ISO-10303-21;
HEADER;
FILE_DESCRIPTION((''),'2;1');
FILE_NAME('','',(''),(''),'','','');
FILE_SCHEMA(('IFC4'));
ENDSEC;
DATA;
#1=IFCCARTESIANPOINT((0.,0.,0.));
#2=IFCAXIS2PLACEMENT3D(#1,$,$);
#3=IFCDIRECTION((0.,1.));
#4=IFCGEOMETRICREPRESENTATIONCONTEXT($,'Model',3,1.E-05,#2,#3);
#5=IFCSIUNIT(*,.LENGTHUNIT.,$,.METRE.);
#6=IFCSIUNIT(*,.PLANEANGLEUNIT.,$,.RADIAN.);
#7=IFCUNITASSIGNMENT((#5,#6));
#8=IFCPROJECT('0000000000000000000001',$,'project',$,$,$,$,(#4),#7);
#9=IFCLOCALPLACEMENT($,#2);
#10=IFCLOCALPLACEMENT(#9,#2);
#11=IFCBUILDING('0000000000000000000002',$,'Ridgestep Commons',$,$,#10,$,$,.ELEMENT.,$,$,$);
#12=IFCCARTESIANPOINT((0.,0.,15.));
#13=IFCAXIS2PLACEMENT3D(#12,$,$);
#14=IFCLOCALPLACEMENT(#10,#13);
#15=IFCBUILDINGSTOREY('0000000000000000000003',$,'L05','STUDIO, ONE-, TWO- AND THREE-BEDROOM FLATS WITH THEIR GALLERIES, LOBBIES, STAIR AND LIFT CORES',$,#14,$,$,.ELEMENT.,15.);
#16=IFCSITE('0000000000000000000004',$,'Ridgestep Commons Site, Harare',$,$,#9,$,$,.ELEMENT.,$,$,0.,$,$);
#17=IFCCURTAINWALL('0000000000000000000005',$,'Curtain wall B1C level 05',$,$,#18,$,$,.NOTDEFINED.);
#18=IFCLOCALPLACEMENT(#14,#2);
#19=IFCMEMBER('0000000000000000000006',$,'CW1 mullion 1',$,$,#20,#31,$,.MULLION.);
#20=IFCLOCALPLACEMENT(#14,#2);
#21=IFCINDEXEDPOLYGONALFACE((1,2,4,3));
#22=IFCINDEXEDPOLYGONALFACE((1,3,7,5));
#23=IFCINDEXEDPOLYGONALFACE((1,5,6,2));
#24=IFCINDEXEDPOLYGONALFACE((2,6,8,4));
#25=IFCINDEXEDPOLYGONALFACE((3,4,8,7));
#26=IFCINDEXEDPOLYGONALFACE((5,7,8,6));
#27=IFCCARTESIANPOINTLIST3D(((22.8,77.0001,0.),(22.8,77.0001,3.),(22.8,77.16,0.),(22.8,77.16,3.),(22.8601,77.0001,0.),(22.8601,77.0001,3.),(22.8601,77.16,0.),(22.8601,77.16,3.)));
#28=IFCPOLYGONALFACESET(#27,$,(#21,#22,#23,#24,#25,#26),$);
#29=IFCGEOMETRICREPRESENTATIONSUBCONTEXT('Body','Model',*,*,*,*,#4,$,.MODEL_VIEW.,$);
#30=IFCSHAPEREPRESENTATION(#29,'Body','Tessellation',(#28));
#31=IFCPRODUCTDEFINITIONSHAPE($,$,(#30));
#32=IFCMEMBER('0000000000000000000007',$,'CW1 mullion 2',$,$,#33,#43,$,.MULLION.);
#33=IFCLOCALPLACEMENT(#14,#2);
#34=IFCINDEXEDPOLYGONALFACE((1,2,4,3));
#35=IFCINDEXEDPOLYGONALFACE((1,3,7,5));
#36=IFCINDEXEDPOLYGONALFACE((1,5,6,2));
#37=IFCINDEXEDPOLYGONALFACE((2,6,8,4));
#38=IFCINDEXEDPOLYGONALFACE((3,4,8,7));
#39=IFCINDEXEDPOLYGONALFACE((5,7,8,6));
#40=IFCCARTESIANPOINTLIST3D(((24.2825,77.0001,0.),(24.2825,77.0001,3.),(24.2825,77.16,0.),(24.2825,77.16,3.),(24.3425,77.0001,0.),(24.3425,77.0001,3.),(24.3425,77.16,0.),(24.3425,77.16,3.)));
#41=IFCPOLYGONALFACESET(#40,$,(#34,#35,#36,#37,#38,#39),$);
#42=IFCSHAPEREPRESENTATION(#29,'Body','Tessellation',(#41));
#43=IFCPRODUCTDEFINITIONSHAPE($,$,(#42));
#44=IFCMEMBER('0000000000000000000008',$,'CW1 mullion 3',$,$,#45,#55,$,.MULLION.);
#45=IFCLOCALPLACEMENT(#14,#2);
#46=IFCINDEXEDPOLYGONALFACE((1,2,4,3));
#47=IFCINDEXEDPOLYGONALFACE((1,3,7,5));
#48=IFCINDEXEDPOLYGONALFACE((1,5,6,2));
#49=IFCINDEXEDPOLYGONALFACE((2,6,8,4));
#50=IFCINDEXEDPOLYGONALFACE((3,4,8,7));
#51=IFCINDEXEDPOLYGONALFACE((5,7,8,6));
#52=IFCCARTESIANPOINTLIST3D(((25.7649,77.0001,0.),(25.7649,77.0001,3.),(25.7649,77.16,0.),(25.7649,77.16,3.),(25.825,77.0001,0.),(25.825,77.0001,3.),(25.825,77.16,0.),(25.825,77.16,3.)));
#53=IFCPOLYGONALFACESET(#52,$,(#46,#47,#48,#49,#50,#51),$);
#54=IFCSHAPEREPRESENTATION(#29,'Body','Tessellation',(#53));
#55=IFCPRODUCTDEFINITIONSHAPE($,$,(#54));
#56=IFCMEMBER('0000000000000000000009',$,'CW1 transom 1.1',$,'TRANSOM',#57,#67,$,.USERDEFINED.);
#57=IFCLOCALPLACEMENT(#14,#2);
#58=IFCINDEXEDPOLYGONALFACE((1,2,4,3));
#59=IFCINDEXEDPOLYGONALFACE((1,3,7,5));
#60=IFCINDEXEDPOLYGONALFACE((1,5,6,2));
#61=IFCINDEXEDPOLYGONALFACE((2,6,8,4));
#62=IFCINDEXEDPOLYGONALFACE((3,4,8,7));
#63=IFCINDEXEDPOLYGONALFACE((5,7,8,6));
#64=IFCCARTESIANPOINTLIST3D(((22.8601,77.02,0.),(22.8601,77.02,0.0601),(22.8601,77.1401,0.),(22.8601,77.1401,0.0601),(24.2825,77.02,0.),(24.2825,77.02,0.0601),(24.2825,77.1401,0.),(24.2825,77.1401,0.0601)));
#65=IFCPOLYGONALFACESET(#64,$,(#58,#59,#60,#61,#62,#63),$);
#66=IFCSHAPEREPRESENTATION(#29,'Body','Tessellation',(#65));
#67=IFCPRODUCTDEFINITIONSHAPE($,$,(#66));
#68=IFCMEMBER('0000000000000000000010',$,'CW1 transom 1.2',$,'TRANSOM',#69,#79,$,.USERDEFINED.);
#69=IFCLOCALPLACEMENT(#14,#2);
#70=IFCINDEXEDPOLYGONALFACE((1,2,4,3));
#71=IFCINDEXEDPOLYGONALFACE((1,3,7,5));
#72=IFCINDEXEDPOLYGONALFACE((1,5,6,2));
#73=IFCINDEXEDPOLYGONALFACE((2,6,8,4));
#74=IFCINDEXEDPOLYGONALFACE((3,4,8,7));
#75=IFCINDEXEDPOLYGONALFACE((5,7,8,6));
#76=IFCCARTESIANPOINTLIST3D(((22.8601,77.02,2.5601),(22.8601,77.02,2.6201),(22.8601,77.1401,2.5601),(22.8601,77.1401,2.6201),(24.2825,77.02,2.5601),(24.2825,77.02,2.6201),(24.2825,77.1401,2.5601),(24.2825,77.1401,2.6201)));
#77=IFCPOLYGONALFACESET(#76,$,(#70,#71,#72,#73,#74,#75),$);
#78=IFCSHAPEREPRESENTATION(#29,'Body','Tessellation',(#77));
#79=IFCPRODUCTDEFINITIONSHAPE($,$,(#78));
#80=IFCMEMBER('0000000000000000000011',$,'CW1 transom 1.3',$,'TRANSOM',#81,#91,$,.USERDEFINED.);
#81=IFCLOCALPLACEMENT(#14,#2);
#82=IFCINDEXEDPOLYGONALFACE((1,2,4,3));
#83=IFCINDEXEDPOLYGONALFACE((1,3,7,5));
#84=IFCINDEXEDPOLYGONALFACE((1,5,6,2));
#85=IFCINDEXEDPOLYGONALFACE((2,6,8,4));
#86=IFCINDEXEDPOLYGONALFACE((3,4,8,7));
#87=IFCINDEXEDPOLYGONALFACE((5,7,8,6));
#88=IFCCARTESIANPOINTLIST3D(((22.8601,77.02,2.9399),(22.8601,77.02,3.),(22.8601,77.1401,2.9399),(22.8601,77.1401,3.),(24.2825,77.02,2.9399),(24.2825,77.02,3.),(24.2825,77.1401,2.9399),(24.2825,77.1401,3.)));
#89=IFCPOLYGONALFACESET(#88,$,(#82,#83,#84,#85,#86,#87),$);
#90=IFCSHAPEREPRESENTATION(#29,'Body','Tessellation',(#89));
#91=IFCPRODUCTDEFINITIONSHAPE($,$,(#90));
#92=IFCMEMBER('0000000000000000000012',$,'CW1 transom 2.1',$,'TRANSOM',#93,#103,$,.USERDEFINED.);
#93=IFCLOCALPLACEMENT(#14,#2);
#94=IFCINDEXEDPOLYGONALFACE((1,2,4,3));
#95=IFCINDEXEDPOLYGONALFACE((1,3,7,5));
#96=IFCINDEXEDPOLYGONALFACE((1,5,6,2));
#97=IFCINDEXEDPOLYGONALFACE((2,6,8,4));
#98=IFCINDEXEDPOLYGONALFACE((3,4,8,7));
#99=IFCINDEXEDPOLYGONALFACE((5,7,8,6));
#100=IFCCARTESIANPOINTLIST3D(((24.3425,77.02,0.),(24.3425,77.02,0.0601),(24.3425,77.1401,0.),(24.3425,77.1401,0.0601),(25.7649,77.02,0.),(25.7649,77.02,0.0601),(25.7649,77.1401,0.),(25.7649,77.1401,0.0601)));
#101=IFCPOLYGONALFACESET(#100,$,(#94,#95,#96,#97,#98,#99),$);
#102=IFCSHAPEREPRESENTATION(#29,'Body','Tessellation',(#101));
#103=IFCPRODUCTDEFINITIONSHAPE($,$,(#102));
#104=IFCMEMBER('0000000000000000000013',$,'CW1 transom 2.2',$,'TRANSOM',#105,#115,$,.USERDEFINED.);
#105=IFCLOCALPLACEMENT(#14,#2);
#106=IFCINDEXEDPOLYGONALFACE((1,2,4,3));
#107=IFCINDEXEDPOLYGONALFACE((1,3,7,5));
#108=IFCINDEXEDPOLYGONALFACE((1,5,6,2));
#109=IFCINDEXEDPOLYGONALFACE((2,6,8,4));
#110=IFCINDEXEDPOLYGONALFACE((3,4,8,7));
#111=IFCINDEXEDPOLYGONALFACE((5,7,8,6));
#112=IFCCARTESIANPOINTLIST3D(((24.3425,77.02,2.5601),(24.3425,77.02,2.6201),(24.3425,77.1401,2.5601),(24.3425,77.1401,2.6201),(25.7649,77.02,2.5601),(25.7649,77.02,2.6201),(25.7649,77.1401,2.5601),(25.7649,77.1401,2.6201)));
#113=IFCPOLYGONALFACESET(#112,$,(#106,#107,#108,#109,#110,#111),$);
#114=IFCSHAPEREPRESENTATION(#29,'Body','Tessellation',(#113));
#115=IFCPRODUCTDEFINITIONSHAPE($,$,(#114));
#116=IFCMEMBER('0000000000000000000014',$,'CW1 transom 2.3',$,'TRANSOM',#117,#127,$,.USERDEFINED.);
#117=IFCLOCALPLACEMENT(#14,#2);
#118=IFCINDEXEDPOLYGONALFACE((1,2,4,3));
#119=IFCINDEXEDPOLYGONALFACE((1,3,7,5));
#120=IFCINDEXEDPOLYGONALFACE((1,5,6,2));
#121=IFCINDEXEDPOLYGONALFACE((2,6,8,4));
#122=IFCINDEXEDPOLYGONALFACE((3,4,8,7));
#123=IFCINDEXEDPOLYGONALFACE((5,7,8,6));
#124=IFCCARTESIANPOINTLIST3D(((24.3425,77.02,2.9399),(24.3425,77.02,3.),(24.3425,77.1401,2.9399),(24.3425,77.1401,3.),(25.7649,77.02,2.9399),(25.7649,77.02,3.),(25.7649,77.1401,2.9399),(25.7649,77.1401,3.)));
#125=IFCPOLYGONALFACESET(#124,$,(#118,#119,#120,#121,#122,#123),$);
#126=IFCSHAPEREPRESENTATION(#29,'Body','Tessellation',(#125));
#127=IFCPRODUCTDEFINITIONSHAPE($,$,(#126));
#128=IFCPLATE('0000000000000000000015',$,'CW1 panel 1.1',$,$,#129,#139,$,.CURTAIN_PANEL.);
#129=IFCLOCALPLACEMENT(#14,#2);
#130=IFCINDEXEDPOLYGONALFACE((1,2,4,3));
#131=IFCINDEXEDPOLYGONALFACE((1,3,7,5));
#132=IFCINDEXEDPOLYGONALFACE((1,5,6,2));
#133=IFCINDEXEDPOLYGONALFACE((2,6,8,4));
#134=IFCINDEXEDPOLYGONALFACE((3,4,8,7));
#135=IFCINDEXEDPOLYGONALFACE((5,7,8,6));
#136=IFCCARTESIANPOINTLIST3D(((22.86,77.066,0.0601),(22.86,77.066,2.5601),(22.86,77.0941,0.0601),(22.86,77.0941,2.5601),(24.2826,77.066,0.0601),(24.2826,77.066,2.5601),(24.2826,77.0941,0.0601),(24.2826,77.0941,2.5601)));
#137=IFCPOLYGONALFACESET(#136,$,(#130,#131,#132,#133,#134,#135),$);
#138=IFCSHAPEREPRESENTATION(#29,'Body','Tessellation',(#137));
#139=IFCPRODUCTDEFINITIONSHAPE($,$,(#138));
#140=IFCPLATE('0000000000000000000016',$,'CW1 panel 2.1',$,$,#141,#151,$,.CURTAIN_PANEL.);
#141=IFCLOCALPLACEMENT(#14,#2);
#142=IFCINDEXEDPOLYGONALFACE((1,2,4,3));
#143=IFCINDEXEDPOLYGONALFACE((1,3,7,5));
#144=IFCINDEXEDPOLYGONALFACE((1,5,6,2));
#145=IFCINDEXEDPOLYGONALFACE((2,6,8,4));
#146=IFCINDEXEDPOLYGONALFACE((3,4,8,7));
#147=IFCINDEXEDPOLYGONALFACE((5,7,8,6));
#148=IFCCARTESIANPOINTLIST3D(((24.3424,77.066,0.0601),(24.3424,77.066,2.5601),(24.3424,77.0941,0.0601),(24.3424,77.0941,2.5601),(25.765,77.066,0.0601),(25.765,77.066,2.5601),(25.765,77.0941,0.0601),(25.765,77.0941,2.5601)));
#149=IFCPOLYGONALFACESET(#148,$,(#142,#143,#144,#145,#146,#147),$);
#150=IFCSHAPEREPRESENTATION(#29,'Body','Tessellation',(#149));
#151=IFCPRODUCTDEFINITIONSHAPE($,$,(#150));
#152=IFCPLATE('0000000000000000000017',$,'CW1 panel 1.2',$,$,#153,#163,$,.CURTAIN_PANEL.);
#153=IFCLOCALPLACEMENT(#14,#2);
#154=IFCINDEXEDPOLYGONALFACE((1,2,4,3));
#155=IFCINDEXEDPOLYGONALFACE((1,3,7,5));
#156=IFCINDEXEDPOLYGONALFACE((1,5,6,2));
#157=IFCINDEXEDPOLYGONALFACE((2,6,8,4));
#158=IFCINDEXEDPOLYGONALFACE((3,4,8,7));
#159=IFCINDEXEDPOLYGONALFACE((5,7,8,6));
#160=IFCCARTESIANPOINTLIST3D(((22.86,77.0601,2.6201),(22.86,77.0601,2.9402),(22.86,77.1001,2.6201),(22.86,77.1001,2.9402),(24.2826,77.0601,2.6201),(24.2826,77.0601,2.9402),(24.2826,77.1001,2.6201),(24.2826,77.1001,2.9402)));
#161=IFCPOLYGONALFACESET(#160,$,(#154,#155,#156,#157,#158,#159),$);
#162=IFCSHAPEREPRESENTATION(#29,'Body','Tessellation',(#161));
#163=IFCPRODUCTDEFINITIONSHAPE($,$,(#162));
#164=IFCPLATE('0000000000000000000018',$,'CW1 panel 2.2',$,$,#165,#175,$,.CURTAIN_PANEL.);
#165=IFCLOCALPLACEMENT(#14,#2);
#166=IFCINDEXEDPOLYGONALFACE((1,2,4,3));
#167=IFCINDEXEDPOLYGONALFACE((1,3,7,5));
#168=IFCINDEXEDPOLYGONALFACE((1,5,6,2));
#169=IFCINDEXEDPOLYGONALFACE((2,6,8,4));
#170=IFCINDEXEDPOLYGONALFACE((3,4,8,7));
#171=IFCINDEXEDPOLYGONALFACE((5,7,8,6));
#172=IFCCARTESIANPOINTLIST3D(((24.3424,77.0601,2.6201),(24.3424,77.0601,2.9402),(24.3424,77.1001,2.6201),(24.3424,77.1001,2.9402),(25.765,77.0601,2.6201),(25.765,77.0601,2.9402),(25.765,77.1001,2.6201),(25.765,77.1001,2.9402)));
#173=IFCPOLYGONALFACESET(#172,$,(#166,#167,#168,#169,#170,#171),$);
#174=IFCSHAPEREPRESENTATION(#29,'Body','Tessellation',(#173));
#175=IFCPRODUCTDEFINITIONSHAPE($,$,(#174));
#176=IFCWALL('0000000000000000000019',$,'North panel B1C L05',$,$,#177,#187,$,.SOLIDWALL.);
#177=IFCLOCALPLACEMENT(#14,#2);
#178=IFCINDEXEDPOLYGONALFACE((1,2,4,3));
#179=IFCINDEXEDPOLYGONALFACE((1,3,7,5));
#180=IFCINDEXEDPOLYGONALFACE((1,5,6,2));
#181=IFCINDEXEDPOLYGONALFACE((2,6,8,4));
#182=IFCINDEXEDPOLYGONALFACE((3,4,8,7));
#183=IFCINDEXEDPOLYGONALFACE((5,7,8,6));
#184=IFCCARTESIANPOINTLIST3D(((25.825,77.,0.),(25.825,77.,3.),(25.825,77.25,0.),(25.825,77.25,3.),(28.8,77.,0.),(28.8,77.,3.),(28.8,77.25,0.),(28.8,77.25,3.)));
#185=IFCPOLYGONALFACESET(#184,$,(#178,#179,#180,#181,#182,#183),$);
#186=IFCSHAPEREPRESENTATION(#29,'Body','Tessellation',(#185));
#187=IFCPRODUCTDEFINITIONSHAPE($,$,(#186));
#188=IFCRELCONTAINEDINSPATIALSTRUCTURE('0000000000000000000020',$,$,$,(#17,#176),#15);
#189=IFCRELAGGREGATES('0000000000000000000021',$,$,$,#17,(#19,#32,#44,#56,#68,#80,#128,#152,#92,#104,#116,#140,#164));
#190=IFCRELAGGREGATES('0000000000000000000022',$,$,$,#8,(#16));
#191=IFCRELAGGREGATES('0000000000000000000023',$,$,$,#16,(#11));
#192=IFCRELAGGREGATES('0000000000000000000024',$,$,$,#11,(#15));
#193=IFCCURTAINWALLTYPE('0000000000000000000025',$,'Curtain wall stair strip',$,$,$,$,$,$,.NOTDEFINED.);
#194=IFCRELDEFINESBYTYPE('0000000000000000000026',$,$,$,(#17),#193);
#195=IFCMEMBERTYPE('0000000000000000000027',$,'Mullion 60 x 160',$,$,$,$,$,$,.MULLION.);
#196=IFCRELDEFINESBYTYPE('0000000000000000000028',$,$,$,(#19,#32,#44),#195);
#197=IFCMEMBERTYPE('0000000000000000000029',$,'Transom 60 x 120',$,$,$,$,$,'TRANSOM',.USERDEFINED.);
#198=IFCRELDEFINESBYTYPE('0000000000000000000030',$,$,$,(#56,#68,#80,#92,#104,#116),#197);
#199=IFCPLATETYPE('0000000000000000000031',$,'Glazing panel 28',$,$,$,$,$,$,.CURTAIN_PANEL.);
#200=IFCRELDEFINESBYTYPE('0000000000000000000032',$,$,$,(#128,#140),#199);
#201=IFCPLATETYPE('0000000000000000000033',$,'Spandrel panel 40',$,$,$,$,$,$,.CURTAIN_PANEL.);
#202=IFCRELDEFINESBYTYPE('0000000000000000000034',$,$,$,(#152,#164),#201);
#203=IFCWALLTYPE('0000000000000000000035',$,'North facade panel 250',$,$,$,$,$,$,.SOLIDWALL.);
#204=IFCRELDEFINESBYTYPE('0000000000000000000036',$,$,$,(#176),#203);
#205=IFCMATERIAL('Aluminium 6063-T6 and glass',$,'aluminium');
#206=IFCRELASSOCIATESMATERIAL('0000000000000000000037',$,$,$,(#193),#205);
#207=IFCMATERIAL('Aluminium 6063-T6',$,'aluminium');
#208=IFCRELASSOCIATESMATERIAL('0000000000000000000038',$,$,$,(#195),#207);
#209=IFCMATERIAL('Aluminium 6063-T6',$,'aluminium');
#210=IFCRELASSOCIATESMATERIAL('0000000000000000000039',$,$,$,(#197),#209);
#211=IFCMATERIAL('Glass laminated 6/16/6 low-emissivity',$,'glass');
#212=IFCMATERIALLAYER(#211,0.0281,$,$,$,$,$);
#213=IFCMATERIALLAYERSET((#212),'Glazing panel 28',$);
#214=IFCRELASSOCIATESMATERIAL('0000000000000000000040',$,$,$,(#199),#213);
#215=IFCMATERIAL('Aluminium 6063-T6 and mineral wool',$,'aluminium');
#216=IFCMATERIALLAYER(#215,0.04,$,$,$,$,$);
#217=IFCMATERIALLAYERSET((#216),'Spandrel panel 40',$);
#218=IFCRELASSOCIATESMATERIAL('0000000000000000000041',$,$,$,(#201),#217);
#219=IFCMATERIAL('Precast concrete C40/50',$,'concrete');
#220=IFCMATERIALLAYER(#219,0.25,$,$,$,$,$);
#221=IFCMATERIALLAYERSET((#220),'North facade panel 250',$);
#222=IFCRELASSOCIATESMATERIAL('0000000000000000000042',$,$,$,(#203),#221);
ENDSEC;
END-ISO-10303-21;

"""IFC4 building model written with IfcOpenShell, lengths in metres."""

from ifc_helpers import new_model, si_unit, direction, frame, frame_2d, origin, origin_2d, place, context, subcontext, project, spatial, rectangle, extrude, material, layer, layer_set, material_profile, profile_set, type_object, element, aggregate, save


model = new_model("IFC4")

# Units and contexts
model_context = context("Model", 3, precision=1e-05, world=origin(), true_north=direction((0.0, 1.0)))
body_context = subcontext(model_context, "Body", "Model", "MODEL_VIEW")
ifc_project = project(units=[si_unit("LENGTHUNIT", "METRE"), si_unit("PLANEANGLEUNIT", "RADIAN")], contexts=[model_context])

# Site, building, storey
site_placement = place(None, origin())
site = spatial("IfcSite", under=ifc_project, at=site_placement, Name="Ridgestep Commons Site, Harare", CompositionType="ELEMENT", RefElevation=0.0)
building_placement = place(site_placement, origin())
building = spatial("IfcBuilding", under=site, at=building_placement, Name="Ridgestep Commons", CompositionType="ELEMENT")
storey_placement = place(building_placement, frame((0.0, 0.0, 15.0)))
storey = spatial("IfcBuildingStorey", under=building, at=storey_placement, Name="L05", Description="STUDIO, ONE-, TWO- AND THREE-BEDROOM FLATS WITH THEIR GALLERIES, LOBBIES, STAIR AND LIFT CORES", CompositionType="ELEMENT", Elevation=15.0)

# Curtain wall, members, plates
ifc_material_1 = material(Name="Aluminium 6063-T6 and glass", Category="aluminium")
curtain_wall_type = type_object("IfcCurtainWallType", Name="Curtain wall stair strip", PredefinedType="NOTDEFINED", material=ifc_material_1)
curtain_wall_placement = place(storey_placement, origin())
curtain_wall = element("IfcCurtainWall", 1, at=curtain_wall_placement, inside=storey, type_object=curtain_wall_type, Name="Curtain wall B1C level 05", PredefinedType="NOTDEFINED")
ifc_material_2 = material(Name="Aluminium 6063-T6", Category="aluminium")
ifc_material_profile_1 = material_profile(ifc_material_2, rectangle(XDim=0.1599, YDim=0.0601, at=origin_2d()), Name="Mullion 60 x 160")
ifc_profile_set_1 = profile_set([ifc_material_profile_1], Name="Aluminium 6063-T6")
member_type_1 = type_object("IfcMemberType", Name="Mullion 60 x 160", PredefinedType="MULLION", material=ifc_profile_set_1)
member_1_placement = place(storey_placement, frame((22.8301, 77.0801, 0.0), z_axis=(0.0, 0.0, 1.0), x_axis=(0.0, 1.0, 0.0)))
member_1 = element("IfcMember", 2, at=member_1_placement, type_object=member_type_1, Name="CW1 mullion 1", PredefinedType="MULLION", context=body_context, shape_type="SweptSolid", body=[
    extrude(rectangle(XDim=0.1599, YDim=0.0601, at=origin_2d()), origin(), (0.0, 0.0, 1.0), 3.0),
])
member_2_placement = place(storey_placement, frame((24.3125, 77.0801, 0.0), z_axis=(0.0, 0.0, 1.0), x_axis=(0.0, 1.0, 0.0)))
member_2 = element("IfcMember", 3, at=member_2_placement, type_object=member_type_1, Name="CW1 mullion 2", PredefinedType="MULLION", context=body_context, shape_type="SweptSolid", body=[
    extrude(rectangle(XDim=0.1599, YDim=0.0601, at=origin_2d()), origin(), (0.0, 0.0, 1.0), 3.0),
])
member_3_placement = place(storey_placement, frame((25.7949, 77.0801, 0.0), z_axis=(0.0, 0.0, 1.0), x_axis=(0.0, 1.0, 0.0)))
member_3 = element("IfcMember", 4, at=member_3_placement, type_object=member_type_1, Name="CW1 mullion 3", PredefinedType="MULLION", context=body_context, shape_type="SweptSolid", body=[
    extrude(rectangle(XDim=0.1599, YDim=0.0601, at=origin_2d()), origin(), (0.0, 0.0, 1.0), 3.0),
])
ifc_material_3 = material(Name="Aluminium 6063-T6", Category="aluminium")
ifc_material_profile_2 = material_profile(ifc_material_3, rectangle(XDim=0.1201, YDim=0.0601, at=origin_2d()), Name="Transom 60 x 120")
ifc_profile_set_2 = profile_set([ifc_material_profile_2], Name="Aluminium 6063-T6")
member_type_2 = type_object("IfcMemberType", Name="Transom 60 x 120", ElementType="TRANSOM", PredefinedType="USERDEFINED", material=ifc_profile_set_2)
member_4_placement = place(storey_placement, frame((22.8601, 77.0801, 0.03), z_axis=(1.0, 0.0, 0.0), x_axis=(0.0, 1.0, 0.0)))
member_4 = element("IfcMember", 5, at=member_4_placement, type_object=member_type_2, Name="CW1 transom 1.1", ObjectType="TRANSOM", PredefinedType="USERDEFINED", context=body_context, shape_type="SweptSolid", body=[
    extrude(rectangle(XDim=0.1201, YDim=0.0601, at=origin_2d()), origin(), (0.0, 0.0, 1.0), 1.4224),
])
member_5_placement = place(storey_placement, frame((22.8601, 77.0801, 2.5901), z_axis=(1.0, 0.0, 0.0), x_axis=(0.0, 1.0, 0.0)))
member_5 = element("IfcMember", 6, at=member_5_placement, type_object=member_type_2, Name="CW1 transom 1.2", ObjectType="TRANSOM", PredefinedType="USERDEFINED", context=body_context, shape_type="SweptSolid", body=[
    extrude(rectangle(XDim=0.1201, YDim=0.0601, at=origin_2d()), origin(), (0.0, 0.0, 1.0), 1.4224),
])
member_6_placement = place(storey_placement, frame((22.8601, 77.0801, 2.97), z_axis=(1.0, 0.0, 0.0), x_axis=(0.0, 1.0, 0.0)))
member_6 = element("IfcMember", 7, at=member_6_placement, type_object=member_type_2, Name="CW1 transom 1.3", ObjectType="TRANSOM", PredefinedType="USERDEFINED", context=body_context, shape_type="SweptSolid", body=[
    extrude(rectangle(XDim=0.1201, YDim=0.0601, at=origin_2d()), origin(), (0.0, 0.0, 1.0), 1.4224),
])
member_7_placement = place(storey_placement, frame((24.3425, 77.0801, 0.03), z_axis=(1.0, 0.0, 0.0), x_axis=(0.0, 1.0, 0.0)))
member_7 = element("IfcMember", 8, at=member_7_placement, type_object=member_type_2, Name="CW1 transom 2.1", ObjectType="TRANSOM", PredefinedType="USERDEFINED", context=body_context, shape_type="SweptSolid", body=[
    extrude(rectangle(XDim=0.1201, YDim=0.0601, at=origin_2d()), origin(), (0.0, 0.0, 1.0), 1.4224),
])
member_8_placement = place(storey_placement, frame((24.3425, 77.0801, 2.5901), z_axis=(1.0, 0.0, 0.0), x_axis=(0.0, 1.0, 0.0)))
member_8 = element("IfcMember", 9, at=member_8_placement, type_object=member_type_2, Name="CW1 transom 2.2", ObjectType="TRANSOM", PredefinedType="USERDEFINED", context=body_context, shape_type="SweptSolid", body=[
    extrude(rectangle(XDim=0.1201, YDim=0.0601, at=origin_2d()), origin(), (0.0, 0.0, 1.0), 1.4224),
])
member_9_placement = place(storey_placement, frame((24.3425, 77.0801, 2.97), z_axis=(1.0, 0.0, 0.0), x_axis=(0.0, 1.0, 0.0)))
member_9 = element("IfcMember", 10, at=member_9_placement, type_object=member_type_2, Name="CW1 transom 2.3", ObjectType="TRANSOM", PredefinedType="USERDEFINED", context=body_context, shape_type="SweptSolid", body=[
    extrude(rectangle(XDim=0.1201, YDim=0.0601, at=origin_2d()), origin(), (0.0, 0.0, 1.0), 1.4224),
])
ifc_material_4 = material(Name="Glass laminated 6/16/6 low-emissivity", Category="glass")
ifc_layer_1 = layer(ifc_material_4, 0.0281)
ifc_layer_set_1 = layer_set([ifc_layer_1], Name="Glazing panel 28")
plate_type_1 = type_object("IfcPlateType", Name="Glazing panel 28", PredefinedType="CURTAIN_PANEL", material=ifc_layer_set_1)
plate_1_placement = place(storey_placement, frame((23.5713, 77.0801, 0.0601), z_axis=(0.0, 0.0, 1.0), x_axis=(1.0, 0.0, 0.0)))
plate_1 = element("IfcPlate", 11, at=plate_1_placement, type_object=plate_type_1, Name="CW1 panel 1.1", PredefinedType="CURTAIN_PANEL", context=body_context, shape_type="SweptSolid", body=[
    extrude(rectangle(XDim=1.4226, YDim=0.0281, at=origin_2d()), origin(), (0.0, 0.0, 1.0), 2.5),
])
plate_2_placement = place(storey_placement, frame((25.0537, 77.0801, 0.0601), z_axis=(0.0, 0.0, 1.0), x_axis=(1.0, 0.0, 0.0)))
plate_2 = element("IfcPlate", 12, at=plate_2_placement, type_object=plate_type_1, Name="CW1 panel 2.1", PredefinedType="CURTAIN_PANEL", context=body_context, shape_type="SweptSolid", body=[
    extrude(rectangle(XDim=1.4226, YDim=0.0281, at=origin_2d()), origin(), (0.0, 0.0, 1.0), 2.5),
])
ifc_material_5 = material(Name="Aluminium 6063-T6 and mineral wool", Category="aluminium")
ifc_layer_2 = layer(ifc_material_5, 0.04)
ifc_layer_set_2 = layer_set([ifc_layer_2], Name="Spandrel panel 40")
plate_type_2 = type_object("IfcPlateType", Name="Spandrel panel 40", PredefinedType="CURTAIN_PANEL", material=ifc_layer_set_2)
plate_3_placement = place(storey_placement, frame((23.5713, 77.0801, 2.6201), z_axis=(0.0, 0.0, 1.0), x_axis=(1.0, 0.0, 0.0)))
plate_3 = element("IfcPlate", 13, at=plate_3_placement, type_object=plate_type_2, Name="CW1 panel 1.2", PredefinedType="CURTAIN_PANEL", context=body_context, shape_type="SweptSolid", body=[
    extrude(rectangle(XDim=1.4226, YDim=0.04, at=origin_2d()), origin(), (0.0, 0.0, 1.0), 0.3201),
])
plate_4_placement = place(storey_placement, frame((25.0537, 77.0801, 2.6201), z_axis=(0.0, 0.0, 1.0), x_axis=(1.0, 0.0, 0.0)))
plate_4 = element("IfcPlate", 14, at=plate_4_placement, type_object=plate_type_2, Name="CW1 panel 2.2", PredefinedType="CURTAIN_PANEL", context=body_context, shape_type="SweptSolid", body=[
    extrude(rectangle(XDim=1.4226, YDim=0.04, at=origin_2d()), origin(), (0.0, 0.0, 1.0), 0.3201),
])
aggregate(curtain_wall, [member_1, member_2, member_3, member_4, member_5, member_6, plate_1, plate_3, member_7, member_8, member_9, plate_2, plate_4])

# Wall
ifc_material_6 = material(Name="Precast concrete C40/50", Category="concrete")
ifc_layer_3 = layer(ifc_material_6, 0.25)
ifc_layer_set_3 = layer_set([ifc_layer_3], Name="North facade panel 250")
wall_type = type_object("IfcWallType", Name="North facade panel 250", PredefinedType="SOLIDWALL", material=ifc_layer_set_3)
wall_placement = place(storey_placement, frame((25.825, 77.125, 0.0), z_axis=(0.0, 0.0, 1.0), x_axis=(1.0, 0.0, 0.0)))
element("IfcWall", 15, at=wall_placement, inside=storey, type_object=wall_type, Name="North panel B1C L05", PredefinedType="SOLIDWALL", context=body_context, shape_type="SweptSolid", body=[
    extrude(rectangle(XDim=2.9751, YDim=0.25, at=frame_2d((1.4875, 0.0))), origin(), (0.0, 0.0, 1.0), 3.0),
])

save(model, "model.ifc")
